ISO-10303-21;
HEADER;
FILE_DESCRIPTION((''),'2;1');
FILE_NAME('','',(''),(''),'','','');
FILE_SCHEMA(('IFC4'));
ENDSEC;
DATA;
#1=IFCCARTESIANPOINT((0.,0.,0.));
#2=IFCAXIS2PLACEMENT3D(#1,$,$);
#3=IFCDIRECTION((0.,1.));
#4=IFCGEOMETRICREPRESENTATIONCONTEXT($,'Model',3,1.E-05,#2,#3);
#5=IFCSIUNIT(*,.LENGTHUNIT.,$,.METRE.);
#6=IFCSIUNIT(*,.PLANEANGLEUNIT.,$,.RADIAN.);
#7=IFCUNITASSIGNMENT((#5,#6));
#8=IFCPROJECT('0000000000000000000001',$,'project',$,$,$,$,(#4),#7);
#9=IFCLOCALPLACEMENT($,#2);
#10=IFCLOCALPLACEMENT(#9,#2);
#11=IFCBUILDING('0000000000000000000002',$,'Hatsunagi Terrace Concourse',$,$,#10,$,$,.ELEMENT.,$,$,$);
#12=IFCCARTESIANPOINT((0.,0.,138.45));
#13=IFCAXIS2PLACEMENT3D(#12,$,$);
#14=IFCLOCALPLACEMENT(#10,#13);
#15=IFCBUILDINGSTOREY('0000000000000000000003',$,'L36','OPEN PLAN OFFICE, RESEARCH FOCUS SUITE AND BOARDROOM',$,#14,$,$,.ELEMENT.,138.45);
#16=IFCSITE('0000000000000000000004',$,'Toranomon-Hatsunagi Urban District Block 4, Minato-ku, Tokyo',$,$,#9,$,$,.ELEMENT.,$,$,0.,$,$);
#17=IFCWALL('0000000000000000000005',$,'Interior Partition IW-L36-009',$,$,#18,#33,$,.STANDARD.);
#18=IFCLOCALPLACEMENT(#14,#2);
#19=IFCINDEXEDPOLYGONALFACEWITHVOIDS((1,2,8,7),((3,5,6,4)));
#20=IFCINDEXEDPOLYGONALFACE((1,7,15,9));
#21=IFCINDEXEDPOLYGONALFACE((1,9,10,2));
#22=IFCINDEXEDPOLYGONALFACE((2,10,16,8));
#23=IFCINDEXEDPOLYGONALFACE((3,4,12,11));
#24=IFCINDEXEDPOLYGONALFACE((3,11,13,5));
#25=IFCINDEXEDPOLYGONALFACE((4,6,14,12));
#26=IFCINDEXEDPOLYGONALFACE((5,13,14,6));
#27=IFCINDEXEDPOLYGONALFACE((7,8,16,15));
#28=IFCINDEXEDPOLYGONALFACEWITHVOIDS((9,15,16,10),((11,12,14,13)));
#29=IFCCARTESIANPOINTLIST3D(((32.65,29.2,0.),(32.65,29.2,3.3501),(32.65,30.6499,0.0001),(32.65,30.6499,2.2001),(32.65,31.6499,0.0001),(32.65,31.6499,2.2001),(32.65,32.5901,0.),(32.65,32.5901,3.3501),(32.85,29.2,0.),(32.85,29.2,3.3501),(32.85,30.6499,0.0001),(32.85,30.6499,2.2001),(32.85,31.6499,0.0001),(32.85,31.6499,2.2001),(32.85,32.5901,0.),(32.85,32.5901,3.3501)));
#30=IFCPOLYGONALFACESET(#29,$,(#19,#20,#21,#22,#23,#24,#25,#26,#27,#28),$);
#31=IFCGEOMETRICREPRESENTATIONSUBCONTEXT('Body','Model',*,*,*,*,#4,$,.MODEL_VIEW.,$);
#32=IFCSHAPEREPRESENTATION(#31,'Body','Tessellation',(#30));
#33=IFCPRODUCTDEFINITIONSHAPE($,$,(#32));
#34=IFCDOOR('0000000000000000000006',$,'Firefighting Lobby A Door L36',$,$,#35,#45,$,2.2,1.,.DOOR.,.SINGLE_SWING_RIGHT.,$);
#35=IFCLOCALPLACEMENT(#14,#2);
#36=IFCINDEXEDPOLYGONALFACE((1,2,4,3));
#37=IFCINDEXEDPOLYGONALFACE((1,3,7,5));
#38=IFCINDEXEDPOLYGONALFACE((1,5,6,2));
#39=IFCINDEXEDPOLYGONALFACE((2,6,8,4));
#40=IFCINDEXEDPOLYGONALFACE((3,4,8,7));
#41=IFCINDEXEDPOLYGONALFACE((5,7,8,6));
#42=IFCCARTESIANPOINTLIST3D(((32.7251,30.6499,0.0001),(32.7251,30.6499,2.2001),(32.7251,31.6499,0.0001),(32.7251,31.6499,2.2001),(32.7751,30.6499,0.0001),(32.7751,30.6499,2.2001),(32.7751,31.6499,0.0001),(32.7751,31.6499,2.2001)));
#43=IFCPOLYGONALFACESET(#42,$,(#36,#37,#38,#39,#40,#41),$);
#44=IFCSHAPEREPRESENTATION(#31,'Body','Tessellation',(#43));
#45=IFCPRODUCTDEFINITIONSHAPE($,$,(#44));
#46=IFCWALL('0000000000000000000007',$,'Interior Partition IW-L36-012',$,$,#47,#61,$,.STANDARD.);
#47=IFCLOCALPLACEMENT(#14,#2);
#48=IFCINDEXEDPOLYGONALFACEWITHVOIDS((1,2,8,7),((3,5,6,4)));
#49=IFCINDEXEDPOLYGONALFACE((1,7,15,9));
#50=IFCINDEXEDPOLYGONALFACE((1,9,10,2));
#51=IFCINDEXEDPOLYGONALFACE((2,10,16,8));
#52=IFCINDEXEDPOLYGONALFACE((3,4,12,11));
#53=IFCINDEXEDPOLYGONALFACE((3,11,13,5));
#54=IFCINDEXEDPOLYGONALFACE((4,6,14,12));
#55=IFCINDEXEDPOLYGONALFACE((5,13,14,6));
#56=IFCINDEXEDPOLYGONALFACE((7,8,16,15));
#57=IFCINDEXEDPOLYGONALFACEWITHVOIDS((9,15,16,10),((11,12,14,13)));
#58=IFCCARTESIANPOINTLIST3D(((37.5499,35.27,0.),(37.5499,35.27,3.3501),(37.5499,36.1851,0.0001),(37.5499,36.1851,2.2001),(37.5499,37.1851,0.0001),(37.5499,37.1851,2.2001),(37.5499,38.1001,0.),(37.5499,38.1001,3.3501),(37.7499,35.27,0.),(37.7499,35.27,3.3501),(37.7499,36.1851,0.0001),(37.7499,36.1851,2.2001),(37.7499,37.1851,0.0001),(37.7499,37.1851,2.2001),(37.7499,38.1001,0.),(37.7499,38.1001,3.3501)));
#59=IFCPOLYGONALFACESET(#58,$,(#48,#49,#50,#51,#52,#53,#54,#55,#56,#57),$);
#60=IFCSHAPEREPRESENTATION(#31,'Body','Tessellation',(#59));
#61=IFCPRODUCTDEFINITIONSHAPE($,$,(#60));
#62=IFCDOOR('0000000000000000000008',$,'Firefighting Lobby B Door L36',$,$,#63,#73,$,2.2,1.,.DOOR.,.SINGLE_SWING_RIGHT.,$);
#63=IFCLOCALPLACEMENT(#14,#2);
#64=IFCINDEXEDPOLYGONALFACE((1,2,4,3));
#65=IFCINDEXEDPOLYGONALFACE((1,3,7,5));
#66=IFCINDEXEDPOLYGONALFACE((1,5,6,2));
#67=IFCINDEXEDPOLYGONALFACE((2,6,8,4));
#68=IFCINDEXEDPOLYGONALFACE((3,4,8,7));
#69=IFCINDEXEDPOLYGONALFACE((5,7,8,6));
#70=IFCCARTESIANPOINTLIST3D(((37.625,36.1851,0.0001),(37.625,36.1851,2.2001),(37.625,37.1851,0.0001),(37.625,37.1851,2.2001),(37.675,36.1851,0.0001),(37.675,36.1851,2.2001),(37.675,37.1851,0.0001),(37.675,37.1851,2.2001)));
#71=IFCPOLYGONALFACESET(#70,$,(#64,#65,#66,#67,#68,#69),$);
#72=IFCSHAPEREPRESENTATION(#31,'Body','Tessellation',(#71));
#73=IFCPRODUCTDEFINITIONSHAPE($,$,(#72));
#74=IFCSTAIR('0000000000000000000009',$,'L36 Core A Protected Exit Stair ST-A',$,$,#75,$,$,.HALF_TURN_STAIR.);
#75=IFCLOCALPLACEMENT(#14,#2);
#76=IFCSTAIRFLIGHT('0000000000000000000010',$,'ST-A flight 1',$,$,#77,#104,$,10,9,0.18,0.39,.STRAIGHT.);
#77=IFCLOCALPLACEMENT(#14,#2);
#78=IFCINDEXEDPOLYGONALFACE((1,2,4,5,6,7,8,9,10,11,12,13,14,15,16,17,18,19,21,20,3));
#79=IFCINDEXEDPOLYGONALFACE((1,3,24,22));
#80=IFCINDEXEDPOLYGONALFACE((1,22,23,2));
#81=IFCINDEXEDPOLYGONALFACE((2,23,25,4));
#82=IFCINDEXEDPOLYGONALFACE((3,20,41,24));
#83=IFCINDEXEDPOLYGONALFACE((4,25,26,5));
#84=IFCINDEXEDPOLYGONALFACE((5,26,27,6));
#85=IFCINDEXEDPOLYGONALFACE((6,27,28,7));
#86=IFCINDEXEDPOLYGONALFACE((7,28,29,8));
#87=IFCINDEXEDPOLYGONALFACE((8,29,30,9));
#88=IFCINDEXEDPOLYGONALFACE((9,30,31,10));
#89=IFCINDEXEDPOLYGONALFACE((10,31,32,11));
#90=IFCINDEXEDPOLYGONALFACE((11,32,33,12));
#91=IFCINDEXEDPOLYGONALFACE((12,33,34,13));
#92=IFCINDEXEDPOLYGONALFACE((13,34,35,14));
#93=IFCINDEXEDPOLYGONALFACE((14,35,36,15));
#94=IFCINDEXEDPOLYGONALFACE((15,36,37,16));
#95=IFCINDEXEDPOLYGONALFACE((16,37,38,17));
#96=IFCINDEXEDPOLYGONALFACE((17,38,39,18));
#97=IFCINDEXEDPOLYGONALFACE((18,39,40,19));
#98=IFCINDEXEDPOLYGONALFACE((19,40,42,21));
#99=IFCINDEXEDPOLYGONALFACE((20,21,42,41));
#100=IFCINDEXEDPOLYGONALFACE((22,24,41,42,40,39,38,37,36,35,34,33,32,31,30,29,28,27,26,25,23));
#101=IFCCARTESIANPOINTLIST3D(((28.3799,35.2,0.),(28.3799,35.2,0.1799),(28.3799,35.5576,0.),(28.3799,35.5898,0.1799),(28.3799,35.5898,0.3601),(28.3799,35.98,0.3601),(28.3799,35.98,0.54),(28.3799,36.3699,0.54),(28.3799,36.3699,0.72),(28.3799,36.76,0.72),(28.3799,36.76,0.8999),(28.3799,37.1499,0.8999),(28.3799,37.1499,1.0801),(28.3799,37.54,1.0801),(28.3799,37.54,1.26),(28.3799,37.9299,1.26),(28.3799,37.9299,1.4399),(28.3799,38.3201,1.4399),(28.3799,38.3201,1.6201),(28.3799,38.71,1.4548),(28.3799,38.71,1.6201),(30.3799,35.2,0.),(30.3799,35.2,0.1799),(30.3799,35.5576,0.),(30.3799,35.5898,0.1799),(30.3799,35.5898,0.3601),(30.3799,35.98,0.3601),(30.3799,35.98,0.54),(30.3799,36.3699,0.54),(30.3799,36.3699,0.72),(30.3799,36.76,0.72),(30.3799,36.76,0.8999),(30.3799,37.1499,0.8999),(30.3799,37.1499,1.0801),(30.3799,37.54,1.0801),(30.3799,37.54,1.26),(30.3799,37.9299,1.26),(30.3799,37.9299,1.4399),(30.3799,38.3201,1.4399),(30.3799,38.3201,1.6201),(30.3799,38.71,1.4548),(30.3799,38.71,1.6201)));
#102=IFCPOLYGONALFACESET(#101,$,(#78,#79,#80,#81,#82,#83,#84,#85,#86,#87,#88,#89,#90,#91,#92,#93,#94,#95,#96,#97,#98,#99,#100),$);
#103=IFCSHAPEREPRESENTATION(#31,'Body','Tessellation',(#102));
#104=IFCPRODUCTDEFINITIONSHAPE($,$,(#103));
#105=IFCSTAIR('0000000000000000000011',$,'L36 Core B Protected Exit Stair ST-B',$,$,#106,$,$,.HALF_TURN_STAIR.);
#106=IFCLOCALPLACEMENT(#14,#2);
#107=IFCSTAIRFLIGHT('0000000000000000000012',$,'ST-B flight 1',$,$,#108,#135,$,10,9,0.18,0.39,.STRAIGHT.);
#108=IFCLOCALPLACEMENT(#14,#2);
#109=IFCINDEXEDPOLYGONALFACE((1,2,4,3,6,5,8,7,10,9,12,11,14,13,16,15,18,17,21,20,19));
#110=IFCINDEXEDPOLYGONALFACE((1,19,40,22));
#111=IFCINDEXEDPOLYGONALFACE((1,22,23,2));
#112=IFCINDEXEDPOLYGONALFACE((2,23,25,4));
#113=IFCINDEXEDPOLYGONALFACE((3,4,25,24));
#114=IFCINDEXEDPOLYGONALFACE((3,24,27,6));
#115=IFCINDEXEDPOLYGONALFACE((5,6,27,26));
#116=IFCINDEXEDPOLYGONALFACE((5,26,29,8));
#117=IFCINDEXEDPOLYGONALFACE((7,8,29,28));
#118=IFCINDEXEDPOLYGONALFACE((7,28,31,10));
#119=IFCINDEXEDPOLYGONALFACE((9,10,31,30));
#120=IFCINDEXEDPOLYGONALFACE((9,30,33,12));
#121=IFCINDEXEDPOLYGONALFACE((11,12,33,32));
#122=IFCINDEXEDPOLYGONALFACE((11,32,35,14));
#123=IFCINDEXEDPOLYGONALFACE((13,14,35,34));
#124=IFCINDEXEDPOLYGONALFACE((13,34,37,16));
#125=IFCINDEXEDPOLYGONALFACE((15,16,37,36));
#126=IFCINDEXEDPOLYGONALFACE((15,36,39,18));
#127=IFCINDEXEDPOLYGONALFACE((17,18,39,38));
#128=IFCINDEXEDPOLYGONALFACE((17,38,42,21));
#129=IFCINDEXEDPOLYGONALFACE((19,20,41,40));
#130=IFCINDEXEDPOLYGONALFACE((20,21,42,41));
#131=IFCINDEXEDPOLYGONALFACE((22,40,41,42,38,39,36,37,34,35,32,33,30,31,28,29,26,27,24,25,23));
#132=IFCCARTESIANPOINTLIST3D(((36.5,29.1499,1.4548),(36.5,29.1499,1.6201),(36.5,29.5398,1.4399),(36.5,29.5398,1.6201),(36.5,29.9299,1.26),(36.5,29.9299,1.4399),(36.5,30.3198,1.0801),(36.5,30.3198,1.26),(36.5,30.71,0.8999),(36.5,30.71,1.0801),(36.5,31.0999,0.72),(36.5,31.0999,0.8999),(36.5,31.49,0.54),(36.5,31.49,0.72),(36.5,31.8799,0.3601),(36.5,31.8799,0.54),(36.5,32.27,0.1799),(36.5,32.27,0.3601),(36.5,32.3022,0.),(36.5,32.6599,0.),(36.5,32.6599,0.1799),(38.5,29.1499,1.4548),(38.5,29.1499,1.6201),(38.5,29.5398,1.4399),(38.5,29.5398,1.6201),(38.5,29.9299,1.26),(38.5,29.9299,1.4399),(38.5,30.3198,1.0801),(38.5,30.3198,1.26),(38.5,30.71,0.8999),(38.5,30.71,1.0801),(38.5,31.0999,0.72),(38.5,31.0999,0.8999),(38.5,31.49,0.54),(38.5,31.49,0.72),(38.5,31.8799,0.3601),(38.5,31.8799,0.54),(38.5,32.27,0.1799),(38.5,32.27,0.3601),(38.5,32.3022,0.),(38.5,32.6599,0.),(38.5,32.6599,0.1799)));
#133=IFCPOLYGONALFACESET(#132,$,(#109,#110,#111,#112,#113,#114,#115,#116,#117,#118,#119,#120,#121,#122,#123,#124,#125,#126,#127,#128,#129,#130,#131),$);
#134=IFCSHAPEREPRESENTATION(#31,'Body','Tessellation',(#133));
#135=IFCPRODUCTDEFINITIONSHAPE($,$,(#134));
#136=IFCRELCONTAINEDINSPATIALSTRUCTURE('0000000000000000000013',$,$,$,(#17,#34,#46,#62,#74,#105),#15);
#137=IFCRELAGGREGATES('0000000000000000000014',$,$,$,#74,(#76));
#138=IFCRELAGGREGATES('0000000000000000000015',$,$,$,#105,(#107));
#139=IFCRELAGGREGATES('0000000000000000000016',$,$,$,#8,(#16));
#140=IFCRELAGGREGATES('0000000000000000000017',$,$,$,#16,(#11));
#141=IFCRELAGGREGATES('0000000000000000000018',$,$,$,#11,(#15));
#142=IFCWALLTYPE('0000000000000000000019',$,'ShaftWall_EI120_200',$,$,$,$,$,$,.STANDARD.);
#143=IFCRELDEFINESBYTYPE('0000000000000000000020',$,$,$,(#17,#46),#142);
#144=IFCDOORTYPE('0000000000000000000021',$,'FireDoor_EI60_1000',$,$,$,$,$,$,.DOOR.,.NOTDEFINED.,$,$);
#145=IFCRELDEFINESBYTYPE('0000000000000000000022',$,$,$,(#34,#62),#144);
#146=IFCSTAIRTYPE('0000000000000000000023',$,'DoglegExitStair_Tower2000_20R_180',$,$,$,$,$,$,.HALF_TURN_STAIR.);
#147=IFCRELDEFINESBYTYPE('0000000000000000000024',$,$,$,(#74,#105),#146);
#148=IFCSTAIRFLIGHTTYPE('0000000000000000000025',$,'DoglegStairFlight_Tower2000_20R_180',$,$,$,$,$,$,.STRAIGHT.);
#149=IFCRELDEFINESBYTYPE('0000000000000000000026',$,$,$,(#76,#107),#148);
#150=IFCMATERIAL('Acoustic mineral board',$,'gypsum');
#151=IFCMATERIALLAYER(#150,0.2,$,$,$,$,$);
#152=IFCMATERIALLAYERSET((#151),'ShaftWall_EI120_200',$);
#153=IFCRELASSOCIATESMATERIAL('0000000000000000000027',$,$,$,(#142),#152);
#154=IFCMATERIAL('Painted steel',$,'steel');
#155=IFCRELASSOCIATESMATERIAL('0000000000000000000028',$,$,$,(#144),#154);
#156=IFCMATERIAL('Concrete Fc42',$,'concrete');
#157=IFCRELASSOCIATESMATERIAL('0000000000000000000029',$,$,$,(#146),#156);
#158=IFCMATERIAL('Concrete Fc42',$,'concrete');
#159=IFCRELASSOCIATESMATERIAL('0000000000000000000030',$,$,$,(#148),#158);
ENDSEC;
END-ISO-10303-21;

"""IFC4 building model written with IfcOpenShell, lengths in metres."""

from ifc_helpers import new_model, si_unit, direction, frame, frame_2d, origin, place, context, subcontext, project, spatial, polyline, rectangle, outline, extrude, material, layer, layer_set, type_object, element, fill, aggregate, save


model = new_model("IFC4")

# Units and contexts
model_context = context("Model", 3, precision=1e-05, world=origin(), true_north=direction((0.0, 1.0)))
body_context = subcontext(model_context, "Body", "Model", "MODEL_VIEW")
ifc_project = project(units=[si_unit("LENGTHUNIT", "METRE"), si_unit("PLANEANGLEUNIT", "RADIAN")], contexts=[model_context])

# Site, building, storey
site_placement = place(None, origin())
site = spatial("IfcSite", under=ifc_project, at=site_placement, Name="Toranomon-Hatsunagi Urban District Block 4, Minato-ku, Tokyo", CompositionType="ELEMENT", RefElevation=0.0)
building_placement = place(site_placement, origin())
building = spatial("IfcBuilding", under=site, at=building_placement, Name="Hatsunagi Terrace Concourse", CompositionType="ELEMENT")
storey_placement = place(building_placement, frame((0.0, 0.0, 138.45)))
storey = spatial("IfcBuildingStorey", under=building, at=storey_placement, Name="L36", Description="OPEN PLAN OFFICE, RESEARCH FOCUS SUITE AND BOARDROOM", CompositionType="ELEMENT", Elevation=138.45)

# Shared definitions
ifc_material_1 = material(Name="Acoustic mineral board", Category="gypsum")
ifc_layer_1 = layer(ifc_material_1, 0.2)
ifc_layer_set_1 = layer_set([ifc_layer_1], Name="ShaftWall_EI120_200")
wall_type_1 = type_object("IfcWallType", Name="ShaftWall_EI120_200", PredefinedType="STANDARD", material=ifc_layer_set_1)

# Walls, openings, doors
wall_1_placement = place(storey_placement, frame((32.75, 29.2, 0.0), z_axis=(0.0, 0.0, 1.0), x_axis=(0.0, 1.0, 0.0)))
wall_1 = element("IfcWall", 1, at=wall_1_placement, inside=storey, type_object=wall_type_1, Name="Interior Partition IW-L36-009", PredefinedType="STANDARD", context=body_context, shape_type="SweptSolid", body=[
    extrude(rectangle(XDim=3.3901, YDim=0.2, at=frame_2d((1.6951, 0.0))), origin(), (0.0, 0.0, 1.0), 3.3501),
])
opening_1_placement = place(wall_1_placement, frame((1.45, 0.0, 0.0)))
opening_1 = element("IfcOpeningElement", 2, at=opening_1_placement, cuts=wall_1, PredefinedType="OPENING", context=body_context, shape_type="SweptSolid", body=[
    extrude(rectangle(XDim=1.0, YDim=2.2, at=frame_2d((0.5, 1.1001))), frame((0.0, 0.1099, 0.0), z_axis=(0.0, -1.0, 0.0), x_axis=(1.0, 0.0, 0.0)), (0.0, 0.0, 1.0), 0.22),
])
ifc_material_2 = material(Name="Painted steel", Category="steel")
door_type_1 = type_object("IfcDoorType", Name="FireDoor_EI60_1000", OperationType="NOTDEFINED", PredefinedType="DOOR", material=ifc_material_2)
door_1_placement = place(opening_1_placement, origin())
door_1 = element("IfcDoor", 3, at=door_1_placement, inside=storey, type_object=door_type_1, Name="Firefighting Lobby A Door L36", OperationType="SINGLE_SWING_RIGHT", OverallHeight=2.2, OverallWidth=1.0, PredefinedType="DOOR", context=body_context, shape_type="SweptSolid", body=[
    extrude(rectangle(XDim=1.0, YDim=2.2, at=frame_2d((0.5, 1.1001))), frame((0.0, 0.0249, 0.0), z_axis=(0.0, -1.0, 0.0), x_axis=(1.0, 0.0, 0.0)), (0.0, 0.0, 1.0), 0.05),
])
fill(opening_1, door_1)
wall_2_placement = place(storey_placement, frame((37.6499, 35.27, 0.0), z_axis=(0.0, 0.0, 1.0), x_axis=(0.0, 1.0, 0.0)))
wall_2 = element("IfcWall", 4, at=wall_2_placement, inside=storey, type_object=wall_type_1, Name="Interior Partition IW-L36-012", PredefinedType="STANDARD", context=body_context, shape_type="SweptSolid", body=[
    extrude(rectangle(XDim=2.8301, YDim=0.2, at=frame_2d((1.415, 0.0))), origin(), (0.0, 0.0, 1.0), 3.3501),
])
opening_2_placement = place(wall_2_placement, frame((0.915, 0.0, 0.0)))
opening_2 = element("IfcOpeningElement", 5, at=opening_2_placement, cuts=wall_2, PredefinedType="OPENING", context=body_context, shape_type="SweptSolid", body=[
    extrude(rectangle(XDim=1.0, YDim=2.2, at=frame_2d((0.5, 1.1001))), frame((0.0, 0.1099, 0.0), z_axis=(0.0, -1.0, 0.0), x_axis=(1.0, 0.0, 0.0)), (0.0, 0.0, 1.0), 0.22),
])
door_2_placement = place(opening_2_placement, origin())
door_2 = element("IfcDoor", 6, at=door_2_placement, inside=storey, type_object=door_type_1, Name="Firefighting Lobby B Door L36", OperationType="SINGLE_SWING_RIGHT", OverallHeight=2.2, OverallWidth=1.0, PredefinedType="DOOR", context=body_context, shape_type="SweptSolid", body=[
    extrude(rectangle(XDim=1.0, YDim=2.2, at=frame_2d((0.5, 1.1001))), frame((0.0, 0.0249, 0.0), z_axis=(0.0, -1.0, 0.0), x_axis=(1.0, 0.0, 0.0)), (0.0, 0.0, 1.0), 0.05),
])
fill(opening_2, door_2)

# Stairs, stair flights
ifc_material_3 = material(Name="Concrete Fc42", Category="concrete")
stair_type = type_object("IfcStairType", Name="DoglegExitStair_Tower2000_20R_180", PredefinedType="HALF_TURN_STAIR", material=ifc_material_3)
stair_1_placement = place(storey_placement, origin())
stair_1 = element("IfcStair", 7, at=stair_1_placement, inside=storey, type_object=stair_type, Name="L36 Core A Protected Exit Stair ST-A", PredefinedType="HALF_TURN_STAIR")
ifc_material_4 = material(Name="Concrete Fc42", Category="concrete")
stair_flight_type = type_object("IfcStairFlightType", Name="DoglegStairFlight_Tower2000_20R_180", PredefinedType="STRAIGHT", material=ifc_material_4)
stair_flight_1_placement = place(storey_placement, frame((29.3799, 35.2, 0.0), z_axis=(0.0, 0.0, 1.0), x_axis=(0.0, 1.0, 0.0)))
stair_flight_1 = element("IfcStairFlight", 8, at=stair_flight_1_placement, type_object=stair_flight_type, Name="ST-A flight 1", NumberOfRisers=10, NumberOfTreads=9, PredefinedType="STRAIGHT", RiserHeight=0.18, TreadLength=0.39, context=body_context, shape_type="SweptSolid", body=[
    extrude(outline(polyline([(0.0, 0.0), (0.0, 0.1799), (0.3899, 0.1799), (0.3899, 0.3601), (0.78, 0.3601), (0.78, 0.54), (1.1699, 0.54), (1.1699, 0.72), (1.5601, 0.72), (1.5601, 0.8999), (1.95, 0.8999), (1.95, 1.0801), (2.3401, 1.0801), (2.3401, 1.26), (2.73, 1.26), (2.73, 1.4399), (3.1201, 1.4399), (3.1201, 1.6201), (3.51, 1.6201), (3.51, 1.8), (3.51, 1.4548), (0.3577, 0.0), (0.0, 0.0)])), frame((0.0, 1.0, 0.0), z_axis=(0.0, -1.0, 0.0), x_axis=(1.0, 0.0, 0.0)), (0.0, 0.0, 1.0), 2.0),
])
aggregate(stair_1, [stair_flight_1])
stair_2_placement = place(storey_placement, origin())
stair_2 = element("IfcStair", 9, at=stair_2_placement, inside=storey, type_object=stair_type, Name="L36 Core B Protected Exit Stair ST-B", PredefinedType="HALF_TURN_STAIR")
stair_flight_2_placement = place(storey_placement, frame((37.5, 32.6599, 0.0), z_axis=(0.0, 0.0, 1.0), x_axis=(0.0, -1.0, 0.0)))
stair_flight_2 = element("IfcStairFlight", 10, at=stair_flight_2_placement, type_object=stair_flight_type, Name="ST-B flight 1", NumberOfRisers=10, NumberOfTreads=9, PredefinedType="STRAIGHT", RiserHeight=0.18, TreadLength=0.39, context=body_context, shape_type="SweptSolid", body=[
    extrude(outline(polyline([(0.0, 0.0), (0.0, 0.1799), (0.3899, 0.1799), (0.3899, 0.3601), (0.78, 0.3601), (0.78, 0.54), (1.1699, 0.54), (1.1699, 0.72), (1.5601, 0.72), (1.5601, 0.8999), (1.95, 0.8999), (1.95, 1.0801), (2.3401, 1.0801), (2.3401, 1.26), (2.73, 1.26), (2.73, 1.4399), (3.1201, 1.4399), (3.1201, 1.6201), (3.51, 1.6201), (3.51, 1.8), (3.51, 1.4548), (0.3577, 0.0), (0.0, 0.0)])), frame((0.0, 1.0, 0.0), z_axis=(0.0, -1.0, 0.0), x_axis=(1.0, 0.0, 0.0)), (0.0, 0.0, 1.0), 2.0),
])
aggregate(stair_2, [stair_flight_2])

save(model, "model.ifc")
